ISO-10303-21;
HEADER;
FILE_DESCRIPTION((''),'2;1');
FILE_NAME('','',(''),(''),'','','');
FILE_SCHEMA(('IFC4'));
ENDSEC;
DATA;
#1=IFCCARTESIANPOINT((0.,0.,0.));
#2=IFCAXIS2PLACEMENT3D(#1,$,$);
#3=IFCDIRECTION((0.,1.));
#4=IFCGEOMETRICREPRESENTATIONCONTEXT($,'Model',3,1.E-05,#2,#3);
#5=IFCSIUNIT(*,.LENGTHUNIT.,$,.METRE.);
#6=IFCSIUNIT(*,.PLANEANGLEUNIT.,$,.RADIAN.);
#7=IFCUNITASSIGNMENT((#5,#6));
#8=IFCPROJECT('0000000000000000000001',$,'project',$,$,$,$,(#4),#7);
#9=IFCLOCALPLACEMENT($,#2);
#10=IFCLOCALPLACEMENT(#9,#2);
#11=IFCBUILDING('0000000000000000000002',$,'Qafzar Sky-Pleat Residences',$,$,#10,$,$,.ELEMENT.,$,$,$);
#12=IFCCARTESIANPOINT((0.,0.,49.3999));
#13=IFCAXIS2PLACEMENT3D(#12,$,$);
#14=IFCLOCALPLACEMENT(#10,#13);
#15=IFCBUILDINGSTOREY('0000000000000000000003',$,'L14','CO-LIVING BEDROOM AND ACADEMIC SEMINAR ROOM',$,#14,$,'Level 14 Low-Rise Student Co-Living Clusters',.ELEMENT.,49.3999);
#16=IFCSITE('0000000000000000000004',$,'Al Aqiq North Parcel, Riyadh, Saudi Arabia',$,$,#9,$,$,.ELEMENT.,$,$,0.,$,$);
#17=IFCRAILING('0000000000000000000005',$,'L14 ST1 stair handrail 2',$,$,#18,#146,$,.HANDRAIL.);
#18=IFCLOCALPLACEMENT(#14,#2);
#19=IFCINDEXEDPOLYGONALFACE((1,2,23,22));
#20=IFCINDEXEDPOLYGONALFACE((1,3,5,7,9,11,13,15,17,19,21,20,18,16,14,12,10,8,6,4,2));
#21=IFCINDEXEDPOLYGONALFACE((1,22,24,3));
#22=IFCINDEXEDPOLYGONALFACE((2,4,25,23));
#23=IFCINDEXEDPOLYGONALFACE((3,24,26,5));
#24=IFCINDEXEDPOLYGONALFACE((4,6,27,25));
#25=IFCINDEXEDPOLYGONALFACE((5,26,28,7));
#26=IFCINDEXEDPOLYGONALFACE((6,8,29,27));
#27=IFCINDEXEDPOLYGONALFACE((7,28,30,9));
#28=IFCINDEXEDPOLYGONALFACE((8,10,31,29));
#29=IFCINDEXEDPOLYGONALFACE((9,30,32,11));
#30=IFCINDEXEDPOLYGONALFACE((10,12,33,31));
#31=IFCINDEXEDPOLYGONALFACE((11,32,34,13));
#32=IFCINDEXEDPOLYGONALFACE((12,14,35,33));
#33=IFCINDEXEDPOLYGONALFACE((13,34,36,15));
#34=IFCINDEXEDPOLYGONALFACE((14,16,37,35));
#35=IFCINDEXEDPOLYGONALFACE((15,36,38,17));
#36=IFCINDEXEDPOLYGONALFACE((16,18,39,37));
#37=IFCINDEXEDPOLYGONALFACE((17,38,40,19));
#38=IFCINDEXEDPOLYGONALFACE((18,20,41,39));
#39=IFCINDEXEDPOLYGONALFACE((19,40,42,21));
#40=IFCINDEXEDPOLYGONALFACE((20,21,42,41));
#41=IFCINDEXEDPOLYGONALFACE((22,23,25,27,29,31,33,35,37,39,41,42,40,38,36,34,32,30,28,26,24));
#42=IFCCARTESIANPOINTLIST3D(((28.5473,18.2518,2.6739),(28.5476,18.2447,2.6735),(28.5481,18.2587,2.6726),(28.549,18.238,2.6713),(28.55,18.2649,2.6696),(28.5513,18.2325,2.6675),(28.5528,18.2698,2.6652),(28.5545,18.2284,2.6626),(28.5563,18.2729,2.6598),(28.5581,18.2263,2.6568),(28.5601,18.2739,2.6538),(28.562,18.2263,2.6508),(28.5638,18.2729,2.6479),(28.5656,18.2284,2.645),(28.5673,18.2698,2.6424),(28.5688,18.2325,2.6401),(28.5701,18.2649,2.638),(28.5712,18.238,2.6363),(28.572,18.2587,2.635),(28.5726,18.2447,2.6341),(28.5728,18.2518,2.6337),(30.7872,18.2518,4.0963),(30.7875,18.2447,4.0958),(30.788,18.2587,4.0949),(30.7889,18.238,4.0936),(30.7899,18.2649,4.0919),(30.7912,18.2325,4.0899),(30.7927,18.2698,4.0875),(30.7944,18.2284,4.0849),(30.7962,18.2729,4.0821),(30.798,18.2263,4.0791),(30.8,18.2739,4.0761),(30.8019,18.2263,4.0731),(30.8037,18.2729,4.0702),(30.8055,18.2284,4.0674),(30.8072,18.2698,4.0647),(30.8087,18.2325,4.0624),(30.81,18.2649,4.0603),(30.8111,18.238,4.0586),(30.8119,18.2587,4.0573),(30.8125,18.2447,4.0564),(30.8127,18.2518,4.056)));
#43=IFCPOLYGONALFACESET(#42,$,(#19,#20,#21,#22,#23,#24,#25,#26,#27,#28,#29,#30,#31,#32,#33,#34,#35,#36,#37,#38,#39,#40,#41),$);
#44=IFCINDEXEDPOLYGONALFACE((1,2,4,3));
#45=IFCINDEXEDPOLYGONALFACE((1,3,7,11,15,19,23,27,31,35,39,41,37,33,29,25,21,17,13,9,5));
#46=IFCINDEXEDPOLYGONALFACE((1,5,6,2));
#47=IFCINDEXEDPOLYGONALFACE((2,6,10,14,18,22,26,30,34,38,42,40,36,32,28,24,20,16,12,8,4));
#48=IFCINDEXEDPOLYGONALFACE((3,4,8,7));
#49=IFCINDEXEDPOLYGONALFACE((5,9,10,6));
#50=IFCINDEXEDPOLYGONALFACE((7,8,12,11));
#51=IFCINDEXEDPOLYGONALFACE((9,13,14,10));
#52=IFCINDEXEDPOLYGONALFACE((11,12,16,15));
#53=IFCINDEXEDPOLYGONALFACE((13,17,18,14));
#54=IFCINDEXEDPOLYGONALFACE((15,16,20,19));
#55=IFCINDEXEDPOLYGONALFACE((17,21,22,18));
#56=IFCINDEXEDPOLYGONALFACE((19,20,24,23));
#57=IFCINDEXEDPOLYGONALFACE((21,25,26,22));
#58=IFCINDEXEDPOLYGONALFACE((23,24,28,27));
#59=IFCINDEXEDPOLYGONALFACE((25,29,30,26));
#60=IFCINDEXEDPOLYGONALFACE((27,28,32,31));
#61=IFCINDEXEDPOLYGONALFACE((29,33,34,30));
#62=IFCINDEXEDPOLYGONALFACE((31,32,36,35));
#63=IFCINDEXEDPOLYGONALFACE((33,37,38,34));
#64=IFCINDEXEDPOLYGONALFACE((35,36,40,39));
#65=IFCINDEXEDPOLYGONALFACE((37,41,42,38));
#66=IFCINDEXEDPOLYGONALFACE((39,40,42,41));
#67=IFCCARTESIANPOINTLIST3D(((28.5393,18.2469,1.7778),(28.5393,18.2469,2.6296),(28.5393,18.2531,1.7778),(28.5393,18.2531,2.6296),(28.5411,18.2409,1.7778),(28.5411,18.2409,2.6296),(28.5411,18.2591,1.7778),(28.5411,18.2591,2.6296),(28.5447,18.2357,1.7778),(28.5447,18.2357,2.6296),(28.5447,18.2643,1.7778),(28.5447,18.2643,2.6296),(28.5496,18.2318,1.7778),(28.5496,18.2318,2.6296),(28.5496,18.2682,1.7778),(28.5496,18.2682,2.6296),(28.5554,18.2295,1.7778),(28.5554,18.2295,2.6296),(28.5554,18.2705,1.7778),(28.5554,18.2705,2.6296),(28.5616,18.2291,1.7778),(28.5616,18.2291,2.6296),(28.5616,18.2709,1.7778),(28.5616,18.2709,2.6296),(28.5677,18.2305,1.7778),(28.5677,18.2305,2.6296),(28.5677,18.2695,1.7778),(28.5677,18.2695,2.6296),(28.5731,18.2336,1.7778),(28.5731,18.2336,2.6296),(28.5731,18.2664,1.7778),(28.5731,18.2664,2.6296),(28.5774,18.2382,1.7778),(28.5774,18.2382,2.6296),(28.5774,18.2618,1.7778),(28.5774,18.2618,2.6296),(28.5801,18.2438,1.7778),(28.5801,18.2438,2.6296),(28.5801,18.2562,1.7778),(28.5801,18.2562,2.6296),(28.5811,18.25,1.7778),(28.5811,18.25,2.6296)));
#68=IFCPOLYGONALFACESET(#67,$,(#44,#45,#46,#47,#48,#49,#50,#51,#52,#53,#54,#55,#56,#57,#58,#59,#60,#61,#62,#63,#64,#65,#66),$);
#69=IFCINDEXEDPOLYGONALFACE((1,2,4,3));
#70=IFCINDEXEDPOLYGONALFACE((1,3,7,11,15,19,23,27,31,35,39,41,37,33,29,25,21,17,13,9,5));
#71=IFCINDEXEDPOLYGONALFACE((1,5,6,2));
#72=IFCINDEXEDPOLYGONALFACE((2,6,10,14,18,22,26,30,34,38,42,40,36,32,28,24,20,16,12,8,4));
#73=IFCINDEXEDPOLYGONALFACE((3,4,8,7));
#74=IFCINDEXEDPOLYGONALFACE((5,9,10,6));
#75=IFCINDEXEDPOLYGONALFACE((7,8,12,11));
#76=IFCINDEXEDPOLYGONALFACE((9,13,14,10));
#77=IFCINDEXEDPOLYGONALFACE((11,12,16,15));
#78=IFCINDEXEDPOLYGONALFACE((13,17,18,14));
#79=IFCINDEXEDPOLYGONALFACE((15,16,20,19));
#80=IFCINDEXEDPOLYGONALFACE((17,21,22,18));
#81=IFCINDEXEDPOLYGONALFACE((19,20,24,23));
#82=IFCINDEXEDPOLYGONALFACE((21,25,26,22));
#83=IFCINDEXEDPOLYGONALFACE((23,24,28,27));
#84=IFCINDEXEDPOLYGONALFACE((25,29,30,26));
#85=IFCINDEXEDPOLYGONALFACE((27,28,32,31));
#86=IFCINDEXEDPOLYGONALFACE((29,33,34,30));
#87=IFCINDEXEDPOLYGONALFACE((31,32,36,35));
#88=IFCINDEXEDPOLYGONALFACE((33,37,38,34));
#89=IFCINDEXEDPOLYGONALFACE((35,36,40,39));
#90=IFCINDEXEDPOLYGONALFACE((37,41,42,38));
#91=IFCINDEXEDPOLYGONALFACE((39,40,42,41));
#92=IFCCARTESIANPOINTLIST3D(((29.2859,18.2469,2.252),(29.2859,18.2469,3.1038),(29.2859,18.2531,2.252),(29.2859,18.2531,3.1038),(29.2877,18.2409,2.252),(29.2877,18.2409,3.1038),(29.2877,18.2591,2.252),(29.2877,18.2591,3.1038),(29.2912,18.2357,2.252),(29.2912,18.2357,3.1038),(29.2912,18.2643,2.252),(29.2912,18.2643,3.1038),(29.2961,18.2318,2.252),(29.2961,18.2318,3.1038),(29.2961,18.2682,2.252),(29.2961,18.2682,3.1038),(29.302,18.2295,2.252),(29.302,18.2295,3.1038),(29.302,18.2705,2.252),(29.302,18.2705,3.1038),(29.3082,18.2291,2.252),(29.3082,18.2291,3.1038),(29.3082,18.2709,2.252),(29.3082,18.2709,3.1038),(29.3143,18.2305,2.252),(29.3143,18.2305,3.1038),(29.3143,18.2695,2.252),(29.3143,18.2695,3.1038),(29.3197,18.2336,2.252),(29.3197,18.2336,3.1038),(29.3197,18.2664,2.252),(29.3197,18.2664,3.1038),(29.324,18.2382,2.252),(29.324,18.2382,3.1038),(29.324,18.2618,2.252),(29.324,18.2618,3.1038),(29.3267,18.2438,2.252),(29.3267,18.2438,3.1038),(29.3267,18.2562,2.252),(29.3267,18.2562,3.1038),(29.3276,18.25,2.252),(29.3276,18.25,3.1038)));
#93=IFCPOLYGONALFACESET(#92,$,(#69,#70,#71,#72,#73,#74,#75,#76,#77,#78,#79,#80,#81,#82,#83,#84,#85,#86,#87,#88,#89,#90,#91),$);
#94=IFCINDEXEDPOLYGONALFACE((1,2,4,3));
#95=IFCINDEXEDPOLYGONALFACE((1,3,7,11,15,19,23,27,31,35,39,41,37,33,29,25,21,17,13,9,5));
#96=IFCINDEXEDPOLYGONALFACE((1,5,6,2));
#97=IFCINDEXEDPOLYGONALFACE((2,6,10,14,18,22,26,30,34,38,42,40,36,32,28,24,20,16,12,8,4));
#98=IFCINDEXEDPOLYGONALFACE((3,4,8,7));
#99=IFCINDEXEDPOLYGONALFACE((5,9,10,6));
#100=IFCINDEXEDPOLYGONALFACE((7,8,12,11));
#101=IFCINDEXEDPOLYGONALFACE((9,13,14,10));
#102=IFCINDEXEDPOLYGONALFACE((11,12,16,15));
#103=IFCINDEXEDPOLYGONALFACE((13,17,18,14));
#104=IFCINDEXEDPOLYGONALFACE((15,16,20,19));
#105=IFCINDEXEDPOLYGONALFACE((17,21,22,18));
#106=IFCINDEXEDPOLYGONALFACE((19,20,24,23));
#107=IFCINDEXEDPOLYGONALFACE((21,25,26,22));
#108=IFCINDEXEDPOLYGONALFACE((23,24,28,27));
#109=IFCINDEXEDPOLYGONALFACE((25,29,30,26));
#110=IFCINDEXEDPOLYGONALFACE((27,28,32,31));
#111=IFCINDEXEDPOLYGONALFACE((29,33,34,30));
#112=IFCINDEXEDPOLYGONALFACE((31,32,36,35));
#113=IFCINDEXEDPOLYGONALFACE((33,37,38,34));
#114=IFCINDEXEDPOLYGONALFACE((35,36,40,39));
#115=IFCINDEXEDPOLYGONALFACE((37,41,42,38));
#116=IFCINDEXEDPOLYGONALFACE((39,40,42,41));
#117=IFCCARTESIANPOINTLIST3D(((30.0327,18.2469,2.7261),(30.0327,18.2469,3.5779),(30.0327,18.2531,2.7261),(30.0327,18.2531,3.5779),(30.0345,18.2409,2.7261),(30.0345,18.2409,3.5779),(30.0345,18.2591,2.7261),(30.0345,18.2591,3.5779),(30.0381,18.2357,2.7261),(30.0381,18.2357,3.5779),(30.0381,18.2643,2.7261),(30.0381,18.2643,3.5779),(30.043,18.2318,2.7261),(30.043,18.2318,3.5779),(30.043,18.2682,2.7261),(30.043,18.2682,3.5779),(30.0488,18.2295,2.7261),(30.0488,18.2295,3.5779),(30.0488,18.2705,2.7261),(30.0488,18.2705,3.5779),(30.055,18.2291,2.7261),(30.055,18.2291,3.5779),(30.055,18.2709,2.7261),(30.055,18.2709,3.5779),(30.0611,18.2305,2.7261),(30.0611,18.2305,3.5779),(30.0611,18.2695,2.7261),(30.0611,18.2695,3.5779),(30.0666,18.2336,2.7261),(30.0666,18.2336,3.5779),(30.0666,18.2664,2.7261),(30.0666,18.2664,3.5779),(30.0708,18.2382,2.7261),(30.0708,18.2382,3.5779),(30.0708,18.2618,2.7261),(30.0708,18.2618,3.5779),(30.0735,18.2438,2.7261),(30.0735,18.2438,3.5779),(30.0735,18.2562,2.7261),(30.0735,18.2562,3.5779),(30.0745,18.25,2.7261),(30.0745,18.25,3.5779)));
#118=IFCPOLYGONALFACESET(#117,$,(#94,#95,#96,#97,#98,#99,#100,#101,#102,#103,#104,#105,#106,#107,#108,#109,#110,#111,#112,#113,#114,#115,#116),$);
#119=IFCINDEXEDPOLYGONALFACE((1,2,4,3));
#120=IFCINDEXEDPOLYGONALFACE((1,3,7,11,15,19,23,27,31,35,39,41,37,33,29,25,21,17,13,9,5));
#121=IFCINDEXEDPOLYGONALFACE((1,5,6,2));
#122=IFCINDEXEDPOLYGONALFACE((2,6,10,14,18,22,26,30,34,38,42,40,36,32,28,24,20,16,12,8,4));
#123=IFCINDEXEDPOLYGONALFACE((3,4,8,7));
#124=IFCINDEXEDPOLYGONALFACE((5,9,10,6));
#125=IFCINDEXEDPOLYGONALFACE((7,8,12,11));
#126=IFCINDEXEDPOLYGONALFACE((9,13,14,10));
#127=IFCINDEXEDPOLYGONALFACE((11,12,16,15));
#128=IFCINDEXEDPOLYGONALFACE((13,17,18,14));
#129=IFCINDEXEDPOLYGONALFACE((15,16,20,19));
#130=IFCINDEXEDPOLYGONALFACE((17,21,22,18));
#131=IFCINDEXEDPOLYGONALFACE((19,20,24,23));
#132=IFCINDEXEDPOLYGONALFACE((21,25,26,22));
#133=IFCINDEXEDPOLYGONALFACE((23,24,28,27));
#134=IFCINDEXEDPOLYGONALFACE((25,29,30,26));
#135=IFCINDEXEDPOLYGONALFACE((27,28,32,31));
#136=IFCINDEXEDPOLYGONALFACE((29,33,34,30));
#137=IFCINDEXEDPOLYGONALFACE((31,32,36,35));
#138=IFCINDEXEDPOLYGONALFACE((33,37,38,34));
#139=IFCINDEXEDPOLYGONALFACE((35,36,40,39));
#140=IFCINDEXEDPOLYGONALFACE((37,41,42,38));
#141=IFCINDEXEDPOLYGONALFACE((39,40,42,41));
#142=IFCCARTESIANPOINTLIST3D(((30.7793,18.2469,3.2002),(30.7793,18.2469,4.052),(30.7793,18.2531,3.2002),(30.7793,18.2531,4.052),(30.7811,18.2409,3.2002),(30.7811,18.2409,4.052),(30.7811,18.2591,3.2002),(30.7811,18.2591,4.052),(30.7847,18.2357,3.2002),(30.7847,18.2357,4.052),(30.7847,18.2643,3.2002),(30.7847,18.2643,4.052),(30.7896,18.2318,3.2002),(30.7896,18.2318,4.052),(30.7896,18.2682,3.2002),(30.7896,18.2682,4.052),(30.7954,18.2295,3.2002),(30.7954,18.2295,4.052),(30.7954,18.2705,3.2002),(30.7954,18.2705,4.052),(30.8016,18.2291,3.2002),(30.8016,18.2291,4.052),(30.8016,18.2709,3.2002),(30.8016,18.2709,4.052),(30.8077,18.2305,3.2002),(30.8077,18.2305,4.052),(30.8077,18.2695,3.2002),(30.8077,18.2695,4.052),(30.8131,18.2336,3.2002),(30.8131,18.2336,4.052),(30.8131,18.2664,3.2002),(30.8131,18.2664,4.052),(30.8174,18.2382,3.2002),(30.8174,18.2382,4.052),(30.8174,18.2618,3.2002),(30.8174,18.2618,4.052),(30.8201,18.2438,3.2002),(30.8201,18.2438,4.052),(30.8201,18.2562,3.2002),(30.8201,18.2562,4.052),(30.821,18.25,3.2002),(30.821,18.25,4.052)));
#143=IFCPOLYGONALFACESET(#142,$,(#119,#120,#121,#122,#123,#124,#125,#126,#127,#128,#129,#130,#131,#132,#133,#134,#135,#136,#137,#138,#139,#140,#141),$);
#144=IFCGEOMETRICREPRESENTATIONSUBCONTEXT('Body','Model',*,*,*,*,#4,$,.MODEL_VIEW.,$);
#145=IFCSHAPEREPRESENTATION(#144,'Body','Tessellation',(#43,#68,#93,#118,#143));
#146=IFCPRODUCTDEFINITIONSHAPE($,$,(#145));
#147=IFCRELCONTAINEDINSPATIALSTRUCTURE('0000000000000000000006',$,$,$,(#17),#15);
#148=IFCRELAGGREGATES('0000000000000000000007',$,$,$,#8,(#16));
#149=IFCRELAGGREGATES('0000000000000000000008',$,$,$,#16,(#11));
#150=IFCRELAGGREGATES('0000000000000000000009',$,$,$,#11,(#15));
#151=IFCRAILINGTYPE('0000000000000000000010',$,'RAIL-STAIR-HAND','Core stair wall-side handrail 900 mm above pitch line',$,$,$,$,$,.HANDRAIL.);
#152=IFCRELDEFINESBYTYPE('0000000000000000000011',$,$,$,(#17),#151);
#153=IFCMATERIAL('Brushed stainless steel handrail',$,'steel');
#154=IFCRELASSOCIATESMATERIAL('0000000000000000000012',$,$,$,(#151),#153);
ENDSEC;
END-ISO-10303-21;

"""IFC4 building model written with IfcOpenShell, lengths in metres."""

from ifc_helpers import new_model, si_unit, direction, frame, origin, origin_2d, place, context, subcontext, project, spatial, circle, extrude, source, transform, mapped, material, type_object, element, save


model = new_model("IFC4")

# Units and contexts
model_context = context("Model", 3, precision=1e-05, world=origin(), true_north=direction((0.0, 1.0)))
body_context = subcontext(model_context, "Body", "Model", "MODEL_VIEW")
ifc_project = project(units=[si_unit("LENGTHUNIT", "METRE"), si_unit("PLANEANGLEUNIT", "RADIAN")], contexts=[model_context])

# Site, building, storey
site_placement = place(None, origin())
site = spatial("IfcSite", under=ifc_project, at=site_placement, Name="Al Aqiq North Parcel, Riyadh, Saudi Arabia", CompositionType="ELEMENT", RefElevation=0.0)
building_placement = place(site_placement, origin())
building = spatial("IfcBuilding", under=site, at=building_placement, Name="Qafzar Sky-Pleat Residences", CompositionType="ELEMENT")
storey_placement = place(building_placement, frame((0.0, 0.0, 49.3999)))
storey = spatial("IfcBuildingStorey", under=building, at=storey_placement, Name="L14", Description="CO-LIVING BEDROOM AND ACADEMIC SEMINAR ROOM", LongName="Level 14 Low-Rise Student Co-Living Clusters", CompositionType="ELEMENT", Elevation=49.3999)

# Railing
ifc_material_1 = material(Name="Brushed stainless steel handrail", Category="steel")
railing_type_1 = type_object("IfcRailingType", Name="RAIL-STAIR-HAND", Description="Core stair wall-side handrail 900 mm above pitch line", PredefinedType="HANDRAIL", material=ifc_material_1)
shared_shape_1 = source(origin(), body_context, "Body", "SweptSolid", [
    extrude(circle(Radius=0.0239, at=origin_2d()), frame((0.0, 0.0, 0.876), z_axis=(0.844188, 0.0, 0.536048), x_axis=(0.0, 1.0, 0.0)), (0.0, 0.0, 1.0), 2.6533),
    extrude(circle(Radius=0.021, at=origin_2d()), origin(), (0.0, 0.0, 1.0), 0.8518),
    extrude(circle(Radius=0.021, at=origin_2d()), frame((0.7466, 0.0, 0.4741)), (0.0, 0.0, 1.0), 0.8518),
    extrude(circle(Radius=0.021, at=origin_2d()), frame((1.4934, 0.0, 0.9482)), (0.0, 0.0, 1.0), 0.8518),
    extrude(circle(Radius=0.021, at=origin_2d()), frame((2.24, 0.0, 1.4224)), (0.0, 0.0, 1.0), 0.8518),
])
railing_1_placement = place(storey_placement, frame((28.5601, 18.25, 1.7778)))
element("IfcRailing", 1, at=railing_1_placement, inside=storey, type_object=railing_type_1, Name="L14 ST1 stair handrail 2", PredefinedType="HANDRAIL", context=body_context, shape_type="MappedRepresentation", body=[
    mapped(shared_shape_1, transform((0.0, 0.0, 0.0), x_axis=(1.0, 0.0, 0.0), y_axis=(0.0, 1.0, 0.0), z_axis=(0.0, 0.0, 1.0), scale=1.0)),
])

save(model, "model.ifc")
